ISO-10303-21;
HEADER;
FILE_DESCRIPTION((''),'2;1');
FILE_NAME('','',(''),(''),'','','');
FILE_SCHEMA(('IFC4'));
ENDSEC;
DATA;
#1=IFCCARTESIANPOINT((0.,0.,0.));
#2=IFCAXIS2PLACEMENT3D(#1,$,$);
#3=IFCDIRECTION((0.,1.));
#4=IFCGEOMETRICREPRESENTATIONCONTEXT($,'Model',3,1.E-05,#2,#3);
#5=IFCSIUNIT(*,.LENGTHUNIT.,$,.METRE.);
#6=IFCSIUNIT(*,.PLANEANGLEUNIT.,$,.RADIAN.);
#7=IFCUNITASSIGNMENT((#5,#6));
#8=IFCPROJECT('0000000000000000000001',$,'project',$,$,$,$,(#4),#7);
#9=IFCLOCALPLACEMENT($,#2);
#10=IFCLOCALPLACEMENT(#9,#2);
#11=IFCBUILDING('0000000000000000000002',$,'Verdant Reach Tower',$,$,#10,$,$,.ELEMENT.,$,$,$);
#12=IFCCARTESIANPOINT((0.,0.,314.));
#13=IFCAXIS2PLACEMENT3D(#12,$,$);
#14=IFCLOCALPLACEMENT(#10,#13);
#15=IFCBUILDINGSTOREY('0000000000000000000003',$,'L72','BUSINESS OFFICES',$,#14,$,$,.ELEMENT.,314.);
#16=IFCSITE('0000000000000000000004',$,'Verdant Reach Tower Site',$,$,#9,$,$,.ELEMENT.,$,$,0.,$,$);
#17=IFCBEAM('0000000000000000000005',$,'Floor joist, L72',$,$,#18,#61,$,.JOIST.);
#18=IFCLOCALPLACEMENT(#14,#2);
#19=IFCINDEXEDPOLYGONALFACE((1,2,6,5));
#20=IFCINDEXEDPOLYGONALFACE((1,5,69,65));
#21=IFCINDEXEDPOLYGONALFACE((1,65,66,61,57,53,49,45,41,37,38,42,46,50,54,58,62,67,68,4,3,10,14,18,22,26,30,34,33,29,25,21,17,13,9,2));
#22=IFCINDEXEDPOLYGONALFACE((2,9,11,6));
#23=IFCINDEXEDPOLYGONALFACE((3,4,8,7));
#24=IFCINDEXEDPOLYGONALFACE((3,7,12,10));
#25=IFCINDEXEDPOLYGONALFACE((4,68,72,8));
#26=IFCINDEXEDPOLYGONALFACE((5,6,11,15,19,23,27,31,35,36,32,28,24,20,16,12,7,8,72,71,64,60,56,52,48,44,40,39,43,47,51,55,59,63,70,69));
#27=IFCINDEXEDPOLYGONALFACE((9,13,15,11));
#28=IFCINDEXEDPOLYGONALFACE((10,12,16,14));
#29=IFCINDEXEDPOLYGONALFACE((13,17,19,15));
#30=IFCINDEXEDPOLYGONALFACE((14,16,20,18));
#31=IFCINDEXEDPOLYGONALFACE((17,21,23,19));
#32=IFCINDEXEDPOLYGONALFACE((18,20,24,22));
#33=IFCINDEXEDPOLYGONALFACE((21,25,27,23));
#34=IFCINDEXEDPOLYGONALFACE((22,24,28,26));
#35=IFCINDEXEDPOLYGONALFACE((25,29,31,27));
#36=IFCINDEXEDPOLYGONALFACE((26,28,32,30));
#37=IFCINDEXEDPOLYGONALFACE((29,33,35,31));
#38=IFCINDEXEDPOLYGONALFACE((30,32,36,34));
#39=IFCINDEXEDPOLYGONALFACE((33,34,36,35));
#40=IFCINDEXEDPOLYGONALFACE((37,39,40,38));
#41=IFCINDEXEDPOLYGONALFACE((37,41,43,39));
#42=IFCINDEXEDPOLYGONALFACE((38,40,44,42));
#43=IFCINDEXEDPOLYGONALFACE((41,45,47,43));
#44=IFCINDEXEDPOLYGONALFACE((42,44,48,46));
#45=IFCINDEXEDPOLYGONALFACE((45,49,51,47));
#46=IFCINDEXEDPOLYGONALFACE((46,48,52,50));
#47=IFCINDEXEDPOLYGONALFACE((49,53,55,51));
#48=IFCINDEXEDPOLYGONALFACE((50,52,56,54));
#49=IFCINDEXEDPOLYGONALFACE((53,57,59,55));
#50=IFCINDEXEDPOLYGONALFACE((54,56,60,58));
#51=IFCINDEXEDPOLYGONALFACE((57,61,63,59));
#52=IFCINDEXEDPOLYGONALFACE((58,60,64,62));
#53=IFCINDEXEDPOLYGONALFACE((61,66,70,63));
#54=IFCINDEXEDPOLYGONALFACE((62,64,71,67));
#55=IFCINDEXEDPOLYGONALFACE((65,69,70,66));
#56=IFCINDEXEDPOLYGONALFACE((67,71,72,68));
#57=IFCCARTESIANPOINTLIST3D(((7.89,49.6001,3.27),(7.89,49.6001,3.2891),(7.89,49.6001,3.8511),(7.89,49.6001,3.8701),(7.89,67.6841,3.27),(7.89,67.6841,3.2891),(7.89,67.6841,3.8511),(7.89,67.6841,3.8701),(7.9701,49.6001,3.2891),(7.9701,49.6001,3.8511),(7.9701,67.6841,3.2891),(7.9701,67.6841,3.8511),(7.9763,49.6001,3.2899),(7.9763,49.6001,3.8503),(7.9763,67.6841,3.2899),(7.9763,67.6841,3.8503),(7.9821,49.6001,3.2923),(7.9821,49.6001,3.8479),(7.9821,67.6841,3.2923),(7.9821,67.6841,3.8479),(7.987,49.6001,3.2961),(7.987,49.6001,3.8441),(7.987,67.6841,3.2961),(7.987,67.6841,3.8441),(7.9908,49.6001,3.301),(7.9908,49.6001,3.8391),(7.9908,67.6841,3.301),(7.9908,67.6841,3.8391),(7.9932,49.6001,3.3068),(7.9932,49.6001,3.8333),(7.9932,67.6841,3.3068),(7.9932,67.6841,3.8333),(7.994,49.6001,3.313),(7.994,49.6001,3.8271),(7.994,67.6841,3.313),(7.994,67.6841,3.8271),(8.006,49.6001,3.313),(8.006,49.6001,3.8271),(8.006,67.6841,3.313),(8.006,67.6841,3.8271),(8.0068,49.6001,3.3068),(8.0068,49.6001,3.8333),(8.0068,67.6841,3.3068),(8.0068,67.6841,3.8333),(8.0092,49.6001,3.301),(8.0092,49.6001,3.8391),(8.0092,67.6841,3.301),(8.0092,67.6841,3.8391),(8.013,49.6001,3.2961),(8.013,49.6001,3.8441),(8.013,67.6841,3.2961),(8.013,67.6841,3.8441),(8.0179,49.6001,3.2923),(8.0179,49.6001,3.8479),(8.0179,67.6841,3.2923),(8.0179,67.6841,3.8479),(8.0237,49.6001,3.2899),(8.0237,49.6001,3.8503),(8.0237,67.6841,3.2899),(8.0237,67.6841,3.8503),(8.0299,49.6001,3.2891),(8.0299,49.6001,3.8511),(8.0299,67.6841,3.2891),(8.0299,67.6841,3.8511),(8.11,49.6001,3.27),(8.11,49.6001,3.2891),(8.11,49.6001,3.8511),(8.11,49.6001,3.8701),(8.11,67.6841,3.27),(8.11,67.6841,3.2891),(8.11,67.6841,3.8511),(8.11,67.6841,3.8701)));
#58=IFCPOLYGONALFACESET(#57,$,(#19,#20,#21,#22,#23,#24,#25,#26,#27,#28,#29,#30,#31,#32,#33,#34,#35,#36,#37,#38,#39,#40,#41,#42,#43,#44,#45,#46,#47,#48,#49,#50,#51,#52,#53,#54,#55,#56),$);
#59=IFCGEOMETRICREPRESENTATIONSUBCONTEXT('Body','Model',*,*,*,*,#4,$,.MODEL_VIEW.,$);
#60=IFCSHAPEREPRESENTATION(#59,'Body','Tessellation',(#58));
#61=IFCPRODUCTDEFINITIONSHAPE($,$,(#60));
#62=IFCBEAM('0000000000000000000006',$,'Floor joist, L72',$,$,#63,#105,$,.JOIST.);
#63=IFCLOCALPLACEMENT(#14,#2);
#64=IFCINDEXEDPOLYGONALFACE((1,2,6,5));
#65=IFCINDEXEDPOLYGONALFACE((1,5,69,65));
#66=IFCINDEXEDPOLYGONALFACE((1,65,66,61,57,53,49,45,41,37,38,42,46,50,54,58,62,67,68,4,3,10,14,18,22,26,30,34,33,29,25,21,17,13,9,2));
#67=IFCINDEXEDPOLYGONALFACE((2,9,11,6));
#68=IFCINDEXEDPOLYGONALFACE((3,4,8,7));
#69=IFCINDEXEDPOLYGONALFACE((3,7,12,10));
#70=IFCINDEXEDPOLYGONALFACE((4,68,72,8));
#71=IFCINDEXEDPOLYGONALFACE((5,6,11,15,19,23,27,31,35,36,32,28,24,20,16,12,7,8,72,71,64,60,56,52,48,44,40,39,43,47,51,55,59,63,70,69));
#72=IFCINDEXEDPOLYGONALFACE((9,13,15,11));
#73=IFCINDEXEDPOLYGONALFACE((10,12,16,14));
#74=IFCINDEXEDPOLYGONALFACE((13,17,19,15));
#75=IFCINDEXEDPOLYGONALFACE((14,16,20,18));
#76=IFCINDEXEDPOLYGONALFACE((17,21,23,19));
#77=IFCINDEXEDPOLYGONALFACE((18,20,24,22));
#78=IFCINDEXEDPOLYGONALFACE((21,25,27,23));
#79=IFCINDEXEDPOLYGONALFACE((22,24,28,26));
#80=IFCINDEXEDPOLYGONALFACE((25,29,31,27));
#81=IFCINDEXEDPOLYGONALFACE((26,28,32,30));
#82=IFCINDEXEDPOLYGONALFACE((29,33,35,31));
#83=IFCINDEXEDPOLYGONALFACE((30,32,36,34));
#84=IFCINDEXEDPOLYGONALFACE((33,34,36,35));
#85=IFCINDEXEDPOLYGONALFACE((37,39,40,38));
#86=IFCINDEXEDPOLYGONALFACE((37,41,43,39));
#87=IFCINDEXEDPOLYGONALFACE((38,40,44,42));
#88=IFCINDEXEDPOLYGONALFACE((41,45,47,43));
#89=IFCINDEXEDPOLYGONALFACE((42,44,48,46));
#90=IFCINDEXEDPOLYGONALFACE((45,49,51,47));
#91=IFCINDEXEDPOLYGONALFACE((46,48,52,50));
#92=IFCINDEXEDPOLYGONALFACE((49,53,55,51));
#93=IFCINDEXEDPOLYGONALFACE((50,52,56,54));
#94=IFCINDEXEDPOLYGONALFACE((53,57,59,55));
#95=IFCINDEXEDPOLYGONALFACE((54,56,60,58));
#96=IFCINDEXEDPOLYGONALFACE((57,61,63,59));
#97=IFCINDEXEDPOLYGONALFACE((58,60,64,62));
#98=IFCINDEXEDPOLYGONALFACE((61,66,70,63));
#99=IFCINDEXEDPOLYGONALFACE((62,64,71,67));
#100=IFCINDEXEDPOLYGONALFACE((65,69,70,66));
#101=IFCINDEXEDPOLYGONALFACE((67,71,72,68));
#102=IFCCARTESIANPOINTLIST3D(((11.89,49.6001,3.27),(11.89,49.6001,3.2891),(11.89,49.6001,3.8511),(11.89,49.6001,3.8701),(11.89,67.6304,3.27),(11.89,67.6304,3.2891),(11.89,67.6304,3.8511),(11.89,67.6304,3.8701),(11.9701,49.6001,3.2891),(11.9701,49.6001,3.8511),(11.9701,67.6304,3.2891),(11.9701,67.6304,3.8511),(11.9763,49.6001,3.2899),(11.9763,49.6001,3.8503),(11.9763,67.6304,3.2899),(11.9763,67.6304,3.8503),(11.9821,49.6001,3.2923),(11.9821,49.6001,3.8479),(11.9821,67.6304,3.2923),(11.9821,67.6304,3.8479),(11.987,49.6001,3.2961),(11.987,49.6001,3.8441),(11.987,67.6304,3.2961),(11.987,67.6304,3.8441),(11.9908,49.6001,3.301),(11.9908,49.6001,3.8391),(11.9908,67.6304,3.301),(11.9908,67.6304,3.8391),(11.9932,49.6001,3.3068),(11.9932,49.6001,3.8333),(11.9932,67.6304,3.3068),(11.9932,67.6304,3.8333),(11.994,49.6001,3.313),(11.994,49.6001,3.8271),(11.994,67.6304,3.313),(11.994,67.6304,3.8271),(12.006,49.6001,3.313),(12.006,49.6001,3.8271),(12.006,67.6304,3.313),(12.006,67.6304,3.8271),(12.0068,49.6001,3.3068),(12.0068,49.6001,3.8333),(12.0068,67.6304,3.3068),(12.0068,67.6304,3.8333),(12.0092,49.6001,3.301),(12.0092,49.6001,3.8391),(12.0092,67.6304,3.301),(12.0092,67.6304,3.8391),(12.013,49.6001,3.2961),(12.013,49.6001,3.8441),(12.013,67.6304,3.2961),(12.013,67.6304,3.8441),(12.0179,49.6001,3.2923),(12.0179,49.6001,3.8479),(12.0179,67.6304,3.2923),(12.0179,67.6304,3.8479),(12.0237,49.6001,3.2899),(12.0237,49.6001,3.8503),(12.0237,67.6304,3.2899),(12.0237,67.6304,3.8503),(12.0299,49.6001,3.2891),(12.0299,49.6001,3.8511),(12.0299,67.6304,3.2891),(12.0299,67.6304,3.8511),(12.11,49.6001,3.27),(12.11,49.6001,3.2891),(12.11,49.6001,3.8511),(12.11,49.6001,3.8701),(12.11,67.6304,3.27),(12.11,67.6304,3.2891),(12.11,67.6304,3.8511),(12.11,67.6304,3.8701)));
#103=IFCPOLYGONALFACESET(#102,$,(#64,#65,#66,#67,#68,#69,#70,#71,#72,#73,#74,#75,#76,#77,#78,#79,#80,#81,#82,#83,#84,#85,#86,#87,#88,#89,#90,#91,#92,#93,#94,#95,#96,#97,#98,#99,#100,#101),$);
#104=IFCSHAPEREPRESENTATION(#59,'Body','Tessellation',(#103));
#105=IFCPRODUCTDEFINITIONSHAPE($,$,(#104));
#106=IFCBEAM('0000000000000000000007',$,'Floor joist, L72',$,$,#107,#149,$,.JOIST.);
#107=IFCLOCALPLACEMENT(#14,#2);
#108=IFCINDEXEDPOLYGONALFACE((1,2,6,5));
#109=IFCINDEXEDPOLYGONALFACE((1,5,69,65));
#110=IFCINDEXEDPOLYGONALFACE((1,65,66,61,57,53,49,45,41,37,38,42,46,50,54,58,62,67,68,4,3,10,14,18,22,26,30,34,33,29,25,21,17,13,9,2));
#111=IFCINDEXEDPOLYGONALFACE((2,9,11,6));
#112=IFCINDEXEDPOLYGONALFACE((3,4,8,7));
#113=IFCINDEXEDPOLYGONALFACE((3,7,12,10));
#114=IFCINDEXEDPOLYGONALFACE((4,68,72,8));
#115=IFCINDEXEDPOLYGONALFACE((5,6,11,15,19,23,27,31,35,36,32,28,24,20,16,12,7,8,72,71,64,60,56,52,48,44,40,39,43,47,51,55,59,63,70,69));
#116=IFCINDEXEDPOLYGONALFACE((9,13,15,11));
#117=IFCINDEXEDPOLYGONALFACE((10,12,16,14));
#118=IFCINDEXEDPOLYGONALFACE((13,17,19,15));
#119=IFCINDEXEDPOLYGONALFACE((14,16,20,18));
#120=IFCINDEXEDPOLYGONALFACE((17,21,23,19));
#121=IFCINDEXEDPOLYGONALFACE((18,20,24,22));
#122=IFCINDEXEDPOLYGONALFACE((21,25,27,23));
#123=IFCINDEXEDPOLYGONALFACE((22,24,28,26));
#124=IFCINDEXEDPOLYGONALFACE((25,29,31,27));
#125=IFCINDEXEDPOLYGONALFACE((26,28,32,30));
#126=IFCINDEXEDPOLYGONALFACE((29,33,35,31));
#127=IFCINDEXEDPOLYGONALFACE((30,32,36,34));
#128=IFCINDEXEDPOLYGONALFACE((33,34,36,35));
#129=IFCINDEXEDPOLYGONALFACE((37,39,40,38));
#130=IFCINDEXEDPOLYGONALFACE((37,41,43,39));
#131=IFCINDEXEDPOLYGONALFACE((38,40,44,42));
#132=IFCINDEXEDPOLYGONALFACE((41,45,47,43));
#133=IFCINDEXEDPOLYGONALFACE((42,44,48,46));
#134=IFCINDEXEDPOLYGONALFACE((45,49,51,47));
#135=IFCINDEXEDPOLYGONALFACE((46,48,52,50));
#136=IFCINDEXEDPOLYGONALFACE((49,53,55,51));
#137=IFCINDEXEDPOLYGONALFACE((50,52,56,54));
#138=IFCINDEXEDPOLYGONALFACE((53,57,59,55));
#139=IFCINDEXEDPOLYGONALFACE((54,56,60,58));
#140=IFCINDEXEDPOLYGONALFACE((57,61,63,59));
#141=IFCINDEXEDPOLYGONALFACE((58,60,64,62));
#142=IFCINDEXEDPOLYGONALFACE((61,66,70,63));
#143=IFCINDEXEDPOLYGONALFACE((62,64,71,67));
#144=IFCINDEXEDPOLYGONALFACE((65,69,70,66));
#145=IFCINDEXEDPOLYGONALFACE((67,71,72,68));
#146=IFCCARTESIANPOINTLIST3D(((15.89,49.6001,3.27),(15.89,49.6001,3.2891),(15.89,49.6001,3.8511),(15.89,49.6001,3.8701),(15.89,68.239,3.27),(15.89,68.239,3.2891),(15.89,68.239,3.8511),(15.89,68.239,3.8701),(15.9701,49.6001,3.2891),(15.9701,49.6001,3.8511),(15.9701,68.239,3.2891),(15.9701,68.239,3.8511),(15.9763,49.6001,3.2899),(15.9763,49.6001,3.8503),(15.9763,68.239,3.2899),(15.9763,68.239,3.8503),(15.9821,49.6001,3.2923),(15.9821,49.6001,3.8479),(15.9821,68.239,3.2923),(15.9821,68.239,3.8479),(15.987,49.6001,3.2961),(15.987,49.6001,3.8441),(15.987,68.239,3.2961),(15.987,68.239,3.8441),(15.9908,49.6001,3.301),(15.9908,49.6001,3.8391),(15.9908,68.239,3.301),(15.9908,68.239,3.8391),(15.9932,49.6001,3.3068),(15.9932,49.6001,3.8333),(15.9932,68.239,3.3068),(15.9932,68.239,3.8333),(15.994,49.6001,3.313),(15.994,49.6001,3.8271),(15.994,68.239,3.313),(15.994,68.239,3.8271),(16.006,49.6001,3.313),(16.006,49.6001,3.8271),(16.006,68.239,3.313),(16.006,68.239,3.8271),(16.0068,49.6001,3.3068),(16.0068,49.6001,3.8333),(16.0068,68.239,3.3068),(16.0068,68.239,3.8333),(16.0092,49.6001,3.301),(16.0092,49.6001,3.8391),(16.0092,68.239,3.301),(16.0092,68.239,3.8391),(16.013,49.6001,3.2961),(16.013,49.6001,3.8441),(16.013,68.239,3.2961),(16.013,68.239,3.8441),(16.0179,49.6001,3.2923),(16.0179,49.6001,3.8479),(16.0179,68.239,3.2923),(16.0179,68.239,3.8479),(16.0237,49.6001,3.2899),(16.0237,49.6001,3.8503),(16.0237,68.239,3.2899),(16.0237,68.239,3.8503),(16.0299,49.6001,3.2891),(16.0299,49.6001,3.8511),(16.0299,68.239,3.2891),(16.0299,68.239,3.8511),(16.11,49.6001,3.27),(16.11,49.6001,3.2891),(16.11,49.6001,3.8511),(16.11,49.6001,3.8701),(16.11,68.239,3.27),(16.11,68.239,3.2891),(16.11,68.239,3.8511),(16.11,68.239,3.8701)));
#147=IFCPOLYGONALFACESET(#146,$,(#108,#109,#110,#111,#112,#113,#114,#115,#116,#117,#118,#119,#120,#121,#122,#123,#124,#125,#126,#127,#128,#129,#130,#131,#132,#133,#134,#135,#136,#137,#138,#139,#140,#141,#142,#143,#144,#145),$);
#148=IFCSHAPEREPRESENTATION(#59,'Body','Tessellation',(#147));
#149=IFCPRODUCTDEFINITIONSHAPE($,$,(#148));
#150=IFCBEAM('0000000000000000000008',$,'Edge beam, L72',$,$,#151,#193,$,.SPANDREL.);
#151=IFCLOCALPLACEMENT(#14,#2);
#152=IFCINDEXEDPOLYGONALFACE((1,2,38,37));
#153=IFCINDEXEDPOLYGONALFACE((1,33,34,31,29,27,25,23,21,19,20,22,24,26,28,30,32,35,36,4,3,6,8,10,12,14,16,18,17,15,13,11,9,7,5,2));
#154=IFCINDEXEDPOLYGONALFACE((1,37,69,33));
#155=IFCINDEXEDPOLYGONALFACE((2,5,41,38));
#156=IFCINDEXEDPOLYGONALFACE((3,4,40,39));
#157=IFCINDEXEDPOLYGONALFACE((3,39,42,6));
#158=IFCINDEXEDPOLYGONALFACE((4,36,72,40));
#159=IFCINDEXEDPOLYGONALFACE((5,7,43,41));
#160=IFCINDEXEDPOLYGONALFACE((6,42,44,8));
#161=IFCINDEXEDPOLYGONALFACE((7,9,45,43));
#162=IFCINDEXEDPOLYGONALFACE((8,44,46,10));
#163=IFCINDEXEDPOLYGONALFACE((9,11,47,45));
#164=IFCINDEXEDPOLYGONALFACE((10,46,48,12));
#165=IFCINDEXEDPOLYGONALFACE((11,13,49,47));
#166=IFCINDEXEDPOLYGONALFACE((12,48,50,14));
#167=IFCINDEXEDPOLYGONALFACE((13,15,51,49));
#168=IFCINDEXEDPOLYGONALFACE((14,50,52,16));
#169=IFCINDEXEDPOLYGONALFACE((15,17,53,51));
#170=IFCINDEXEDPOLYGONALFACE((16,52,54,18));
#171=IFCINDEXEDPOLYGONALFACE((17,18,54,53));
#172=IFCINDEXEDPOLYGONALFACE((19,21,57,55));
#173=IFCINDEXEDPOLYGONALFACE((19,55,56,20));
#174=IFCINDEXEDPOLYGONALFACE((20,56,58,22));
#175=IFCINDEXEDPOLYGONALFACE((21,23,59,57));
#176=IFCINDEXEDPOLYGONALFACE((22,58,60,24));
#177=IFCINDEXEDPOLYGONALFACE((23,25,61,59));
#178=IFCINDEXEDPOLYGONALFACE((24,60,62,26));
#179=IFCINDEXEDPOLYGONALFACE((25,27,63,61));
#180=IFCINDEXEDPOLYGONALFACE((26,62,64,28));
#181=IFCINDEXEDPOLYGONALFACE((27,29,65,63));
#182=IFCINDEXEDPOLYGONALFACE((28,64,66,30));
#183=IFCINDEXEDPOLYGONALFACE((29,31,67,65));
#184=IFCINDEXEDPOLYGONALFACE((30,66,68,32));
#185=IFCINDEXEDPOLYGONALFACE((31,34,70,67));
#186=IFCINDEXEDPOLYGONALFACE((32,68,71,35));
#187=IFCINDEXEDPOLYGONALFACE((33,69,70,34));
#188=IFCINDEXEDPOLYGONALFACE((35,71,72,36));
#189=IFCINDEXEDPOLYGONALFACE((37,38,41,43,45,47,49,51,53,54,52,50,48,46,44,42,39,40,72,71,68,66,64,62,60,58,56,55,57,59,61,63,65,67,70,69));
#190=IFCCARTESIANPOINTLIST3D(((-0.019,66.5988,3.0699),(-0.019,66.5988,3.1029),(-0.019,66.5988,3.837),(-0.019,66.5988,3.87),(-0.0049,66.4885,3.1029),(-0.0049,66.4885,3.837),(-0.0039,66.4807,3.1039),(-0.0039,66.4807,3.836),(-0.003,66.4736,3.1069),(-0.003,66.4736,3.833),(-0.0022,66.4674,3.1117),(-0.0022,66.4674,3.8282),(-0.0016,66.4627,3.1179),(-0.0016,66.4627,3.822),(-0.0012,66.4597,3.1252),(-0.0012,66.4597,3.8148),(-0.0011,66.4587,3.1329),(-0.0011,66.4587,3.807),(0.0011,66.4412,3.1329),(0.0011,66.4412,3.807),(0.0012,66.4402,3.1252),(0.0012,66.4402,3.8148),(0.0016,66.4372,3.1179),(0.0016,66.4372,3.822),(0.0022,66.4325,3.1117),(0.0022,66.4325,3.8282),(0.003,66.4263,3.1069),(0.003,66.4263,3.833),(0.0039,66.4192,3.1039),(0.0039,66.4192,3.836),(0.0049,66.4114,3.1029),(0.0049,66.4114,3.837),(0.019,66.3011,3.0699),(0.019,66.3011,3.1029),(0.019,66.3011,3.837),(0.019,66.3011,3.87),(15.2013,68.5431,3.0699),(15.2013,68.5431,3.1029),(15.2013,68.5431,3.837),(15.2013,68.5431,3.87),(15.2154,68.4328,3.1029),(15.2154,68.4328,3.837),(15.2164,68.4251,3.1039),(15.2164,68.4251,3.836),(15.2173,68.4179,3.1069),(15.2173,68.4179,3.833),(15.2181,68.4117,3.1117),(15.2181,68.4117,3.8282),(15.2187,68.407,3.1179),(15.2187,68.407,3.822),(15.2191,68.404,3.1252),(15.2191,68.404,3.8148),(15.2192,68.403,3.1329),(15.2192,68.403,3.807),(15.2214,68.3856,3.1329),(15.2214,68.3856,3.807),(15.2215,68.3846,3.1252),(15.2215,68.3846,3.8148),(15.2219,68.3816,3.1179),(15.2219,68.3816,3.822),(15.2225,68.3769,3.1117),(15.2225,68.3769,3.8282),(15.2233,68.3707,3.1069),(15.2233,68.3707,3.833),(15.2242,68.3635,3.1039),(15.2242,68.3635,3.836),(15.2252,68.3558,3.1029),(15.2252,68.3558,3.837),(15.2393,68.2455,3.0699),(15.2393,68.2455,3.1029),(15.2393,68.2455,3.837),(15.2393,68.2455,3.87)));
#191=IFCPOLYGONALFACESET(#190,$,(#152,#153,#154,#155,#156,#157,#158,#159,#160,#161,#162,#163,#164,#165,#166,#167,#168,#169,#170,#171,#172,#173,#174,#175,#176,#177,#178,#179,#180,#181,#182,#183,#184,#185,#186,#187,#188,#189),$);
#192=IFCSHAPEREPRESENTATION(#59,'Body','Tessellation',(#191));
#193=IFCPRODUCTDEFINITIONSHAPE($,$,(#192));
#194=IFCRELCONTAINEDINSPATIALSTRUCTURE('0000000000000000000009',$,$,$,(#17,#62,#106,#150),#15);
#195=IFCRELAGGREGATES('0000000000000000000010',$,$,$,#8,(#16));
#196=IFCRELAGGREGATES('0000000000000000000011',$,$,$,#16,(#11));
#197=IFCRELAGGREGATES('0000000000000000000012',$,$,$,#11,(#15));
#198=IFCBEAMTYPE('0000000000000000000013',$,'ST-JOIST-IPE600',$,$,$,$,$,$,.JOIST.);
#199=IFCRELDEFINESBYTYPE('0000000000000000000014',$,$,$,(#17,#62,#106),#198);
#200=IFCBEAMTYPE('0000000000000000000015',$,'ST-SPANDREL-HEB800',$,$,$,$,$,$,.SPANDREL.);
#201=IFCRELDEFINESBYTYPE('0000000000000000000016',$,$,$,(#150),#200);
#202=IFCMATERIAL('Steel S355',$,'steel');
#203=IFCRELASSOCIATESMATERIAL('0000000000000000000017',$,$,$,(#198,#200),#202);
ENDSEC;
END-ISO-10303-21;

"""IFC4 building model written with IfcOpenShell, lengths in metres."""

from ifc_helpers import new_model, si_unit, direction, frame, origin, origin_2d, place, context, subcontext, project, spatial, i_section, extrude, material, material_profile, profile_set, type_object, element, save


model = new_model("IFC4")

# Units and contexts
model_context = context("Model", 3, precision=1e-05, world=origin(), true_north=direction((0.0, 1.0)))
body_context = subcontext(model_context, "Body", "Model", "MODEL_VIEW")
ifc_project = project(units=[si_unit("LENGTHUNIT", "METRE"), si_unit("PLANEANGLEUNIT", "RADIAN")], contexts=[model_context])

# Site, building, storey
site_placement = place(None, origin())
site = spatial("IfcSite", under=ifc_project, at=site_placement, Name="Verdant Reach Tower Site", CompositionType="ELEMENT", RefElevation=0.0)
building_placement = place(site_placement, origin())
building = spatial("IfcBuilding", under=site, at=building_placement, Name="Verdant Reach Tower", CompositionType="ELEMENT")
storey_placement = place(building_placement, frame((0.0, 0.0, 314.0)))
storey = spatial("IfcBuildingStorey", under=building, at=storey_placement, Name="L72", Description="BUSINESS OFFICES", CompositionType="ELEMENT", Elevation=314.0)

# Beams
ifc_material_1 = material(Name="Steel S355", Category="steel")
ifc_material_profile_1 = material_profile(ifc_material_1, i_section(OverallWidth=0.22, OverallDepth=0.6001, WebThickness=0.012, FlangeThickness=0.019, FilletRadius=0.0239, at=origin_2d()), Name="IPE 600")
ifc_profile_set_1 = profile_set([ifc_material_profile_1], Name="Steel S355")
beam_type_1 = type_object("IfcBeamType", Name="ST-JOIST-IPE600", PredefinedType="JOIST", material=ifc_profile_set_1)
beam_1_placement = place(storey_placement, frame((8.0, 49.6001, 3.5701), z_axis=(0.0, 1.0, 0.0), x_axis=(-1.0, 0.0, 0.0)))
element("IfcBeam", 1, at=beam_1_placement, inside=storey, type_object=beam_type_1, Name="Floor joist, L72", PredefinedType="JOIST", context=body_context, shape_type="SweptSolid", body=[
    extrude(i_section(OverallWidth=0.22, OverallDepth=0.6001, WebThickness=0.012, FlangeThickness=0.019, FilletRadius=0.0239, at=origin_2d()), origin(), (0.0, 0.0, 1.0), 18.084),
])
beam_2_placement = place(storey_placement, frame((12.0, 49.6001, 3.5701), z_axis=(0.0, 1.0, 0.0), x_axis=(-1.0, 0.0, 0.0)))
element("IfcBeam", 2, at=beam_2_placement, inside=storey, type_object=beam_type_1, Name="Floor joist, L72", PredefinedType="JOIST", context=body_context, shape_type="SweptSolid", body=[
    extrude(i_section(OverallWidth=0.22, OverallDepth=0.6001, WebThickness=0.012, FlangeThickness=0.019, FilletRadius=0.0239, at=origin_2d()), origin(), (0.0, 0.0, 1.0), 18.0303),
])
beam_3_placement = place(storey_placement, frame((16.0, 49.6001, 3.5701), z_axis=(0.0, 1.0, 0.0), x_axis=(-1.0, 0.0, 0.0)))
element("IfcBeam", 3, at=beam_3_placement, inside=storey, type_object=beam_type_1, Name="Floor joist, L72", PredefinedType="JOIST", context=body_context, shape_type="SweptSolid", body=[
    extrude(i_section(OverallWidth=0.22, OverallDepth=0.6001, WebThickness=0.012, FlangeThickness=0.019, FilletRadius=0.0239, at=origin_2d()), origin(), (0.0, 0.0, 1.0), 18.6389),
])
ifc_material_profile_2 = material_profile(ifc_material_1, i_section(OverallWidth=0.3, OverallDepth=0.8, WebThickness=0.0176, FlangeThickness=0.033, FilletRadius=0.03, at=origin_2d()), Name="HEB 800")
ifc_profile_set_2 = profile_set([ifc_material_profile_2], Name="Steel S355")
beam_type_2 = type_object("IfcBeamType", Name="ST-SPANDREL-HEB800", PredefinedType="SPANDREL", material=ifc_profile_set_2)
beam_4_placement = place(storey_placement, frame((0.0, 66.45, 3.47), z_axis=(0.991939, 0.126717, 0.0), x_axis=(-0.126717, 0.991939, 0.0)))
element("IfcBeam", 4, at=beam_4_placement, inside=storey, type_object=beam_type_2, Name="Edge beam, L72", PredefinedType="SPANDREL", context=body_context, shape_type="SweptSolid", body=[
    extrude(i_section(OverallWidth=0.3, OverallDepth=0.8, WebThickness=0.0176, FlangeThickness=0.033, FilletRadius=0.03, at=origin_2d()), origin(), (0.0, 0.0, 1.0), 15.344),
])

save(model, "model.ifc")
